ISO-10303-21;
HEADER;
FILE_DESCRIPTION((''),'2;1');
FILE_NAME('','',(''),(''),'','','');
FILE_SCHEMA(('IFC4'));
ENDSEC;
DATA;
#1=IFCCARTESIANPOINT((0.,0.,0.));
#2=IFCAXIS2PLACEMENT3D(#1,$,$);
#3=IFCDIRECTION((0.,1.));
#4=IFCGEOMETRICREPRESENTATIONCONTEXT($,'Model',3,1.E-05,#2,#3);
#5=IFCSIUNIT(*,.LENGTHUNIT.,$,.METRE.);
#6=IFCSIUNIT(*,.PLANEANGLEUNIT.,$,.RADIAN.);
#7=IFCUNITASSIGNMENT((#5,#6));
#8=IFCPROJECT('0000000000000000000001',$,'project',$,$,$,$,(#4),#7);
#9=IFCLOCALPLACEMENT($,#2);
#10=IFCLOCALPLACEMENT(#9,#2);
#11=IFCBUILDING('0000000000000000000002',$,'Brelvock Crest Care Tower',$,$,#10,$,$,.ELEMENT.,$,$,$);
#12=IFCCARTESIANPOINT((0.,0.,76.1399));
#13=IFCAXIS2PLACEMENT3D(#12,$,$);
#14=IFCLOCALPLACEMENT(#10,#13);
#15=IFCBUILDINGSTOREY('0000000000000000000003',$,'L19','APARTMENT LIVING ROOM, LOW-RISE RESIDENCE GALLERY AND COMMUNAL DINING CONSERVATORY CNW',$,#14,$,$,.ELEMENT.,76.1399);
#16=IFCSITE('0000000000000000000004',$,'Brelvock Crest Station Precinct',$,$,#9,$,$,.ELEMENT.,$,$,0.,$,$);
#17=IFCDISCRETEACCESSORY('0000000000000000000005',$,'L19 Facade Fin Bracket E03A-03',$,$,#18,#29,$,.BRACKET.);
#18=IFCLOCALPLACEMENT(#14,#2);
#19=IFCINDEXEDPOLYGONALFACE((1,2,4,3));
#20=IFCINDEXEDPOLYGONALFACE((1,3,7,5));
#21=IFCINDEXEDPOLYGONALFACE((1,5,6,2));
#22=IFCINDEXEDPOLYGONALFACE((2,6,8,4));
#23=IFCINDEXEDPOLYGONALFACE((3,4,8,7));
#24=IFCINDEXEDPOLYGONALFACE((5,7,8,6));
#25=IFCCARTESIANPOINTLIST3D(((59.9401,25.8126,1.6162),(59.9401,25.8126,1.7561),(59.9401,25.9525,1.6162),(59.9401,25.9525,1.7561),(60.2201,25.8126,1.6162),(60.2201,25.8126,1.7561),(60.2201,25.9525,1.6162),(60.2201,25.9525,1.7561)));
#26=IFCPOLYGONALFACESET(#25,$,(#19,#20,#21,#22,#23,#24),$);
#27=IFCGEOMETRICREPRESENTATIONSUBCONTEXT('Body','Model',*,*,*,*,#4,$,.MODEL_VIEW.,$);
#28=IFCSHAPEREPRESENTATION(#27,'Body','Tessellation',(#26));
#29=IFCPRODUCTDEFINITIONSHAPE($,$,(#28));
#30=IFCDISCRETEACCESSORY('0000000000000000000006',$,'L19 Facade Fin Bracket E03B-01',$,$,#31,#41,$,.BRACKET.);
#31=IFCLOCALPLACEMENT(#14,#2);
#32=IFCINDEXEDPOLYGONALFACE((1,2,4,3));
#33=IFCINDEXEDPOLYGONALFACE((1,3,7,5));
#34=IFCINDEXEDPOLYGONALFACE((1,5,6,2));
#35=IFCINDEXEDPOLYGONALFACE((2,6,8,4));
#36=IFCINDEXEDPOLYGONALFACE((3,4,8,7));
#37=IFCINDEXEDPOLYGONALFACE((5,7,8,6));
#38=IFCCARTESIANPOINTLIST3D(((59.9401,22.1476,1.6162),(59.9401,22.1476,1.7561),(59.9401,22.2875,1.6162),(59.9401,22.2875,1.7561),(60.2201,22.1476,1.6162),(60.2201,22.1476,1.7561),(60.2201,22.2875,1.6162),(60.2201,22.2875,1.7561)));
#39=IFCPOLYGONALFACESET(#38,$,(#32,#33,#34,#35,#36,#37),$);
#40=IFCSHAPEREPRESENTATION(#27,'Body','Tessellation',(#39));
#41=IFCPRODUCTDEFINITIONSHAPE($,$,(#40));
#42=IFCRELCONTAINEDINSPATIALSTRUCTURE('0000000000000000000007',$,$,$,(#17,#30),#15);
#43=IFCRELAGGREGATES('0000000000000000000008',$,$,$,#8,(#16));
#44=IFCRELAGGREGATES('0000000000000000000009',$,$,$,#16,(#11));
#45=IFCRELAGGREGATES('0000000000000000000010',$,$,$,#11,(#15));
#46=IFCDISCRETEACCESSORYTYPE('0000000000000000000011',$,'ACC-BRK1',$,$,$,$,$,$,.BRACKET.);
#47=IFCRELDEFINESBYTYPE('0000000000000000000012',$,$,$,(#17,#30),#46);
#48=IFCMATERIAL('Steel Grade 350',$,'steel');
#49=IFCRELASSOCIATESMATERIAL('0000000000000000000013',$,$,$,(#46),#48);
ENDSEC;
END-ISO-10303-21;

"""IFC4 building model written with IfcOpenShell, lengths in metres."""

from ifc_helpers import new_model, si_unit, direction, frame, origin, origin_2d, place, context, subcontext, project, spatial, rectangle, extrude, source, transform, mapped, material, type_object, element, save


model = new_model("IFC4")

# Units and contexts
model_context = context("Model", 3, precision=1e-05, world=origin(), true_north=direction((0.0, 1.0)))
body_context = subcontext(model_context, "Body", "Model", "MODEL_VIEW")
ifc_project = project(units=[si_unit("LENGTHUNIT", "METRE"), si_unit("PLANEANGLEUNIT", "RADIAN")], contexts=[model_context])

# Site, building, storey
site_placement = place(None, origin())
site = spatial("IfcSite", under=ifc_project, at=site_placement, Name="Brelvock Crest Station Precinct", CompositionType="ELEMENT", RefElevation=0.0)
building_placement = place(site_placement, origin())
building = spatial("IfcBuilding", under=site, at=building_placement, Name="Brelvock Crest Care Tower", CompositionType="ELEMENT")
storey_placement = place(building_placement, frame((0.0, 0.0, 76.1399)))
storey = spatial("IfcBuildingStorey", under=building, at=storey_placement, Name="L19", Description="APARTMENT LIVING ROOM, LOW-RISE RESIDENCE GALLERY AND COMMUNAL DINING CONSERVATORY CNW", CompositionType="ELEMENT", Elevation=76.1399)

# Discrete accessories
ifc_material_1 = material(Name="Steel Grade 350", Category="steel")
discrete_accessory_type = type_object("IfcDiscreteAccessoryType", Name="ACC-BRK1", PredefinedType="BRACKET", material=ifc_material_1)
shared_shape_1 = source(origin(), body_context, "Body", "SweptSolid", [
    extrude(rectangle(XDim=0.28, YDim=0.1399, at=origin_2d()), origin(), (0.0, 0.0, 1.0), 0.1399),
])
for number, where, z_axis, x_axis, name in (
    (1, (60.0801, 25.8826, 1.6162), (0.0, 0.0, 1.0), (1.0, 0.0, 0.0), "L19 Facade Fin Bracket E03A-03"),
    (2, (60.0801, 22.2175, 1.6162), (0.0, 0.0, 1.0), (1.0, 0.0, 0.0), "L19 Facade Fin Bracket E03B-01"),
):
    element("IfcDiscreteAccessory", number, at=place(storey_placement, frame(where, z_axis=z_axis, x_axis=x_axis)), inside=storey, type_object=discrete_accessory_type, Name=name, PredefinedType="BRACKET", context=body_context, shape_type="MappedRepresentation", body=[
        mapped(shared_shape_1, transform((0.0, 0.0, 0.0), x_axis=(1.0, 0.0, 0.0), y_axis=(0.0, 1.0, 0.0), z_axis=(0.0, 0.0, 1.0), scale=1.0)),
    ])

save(model, "model.ifc")
